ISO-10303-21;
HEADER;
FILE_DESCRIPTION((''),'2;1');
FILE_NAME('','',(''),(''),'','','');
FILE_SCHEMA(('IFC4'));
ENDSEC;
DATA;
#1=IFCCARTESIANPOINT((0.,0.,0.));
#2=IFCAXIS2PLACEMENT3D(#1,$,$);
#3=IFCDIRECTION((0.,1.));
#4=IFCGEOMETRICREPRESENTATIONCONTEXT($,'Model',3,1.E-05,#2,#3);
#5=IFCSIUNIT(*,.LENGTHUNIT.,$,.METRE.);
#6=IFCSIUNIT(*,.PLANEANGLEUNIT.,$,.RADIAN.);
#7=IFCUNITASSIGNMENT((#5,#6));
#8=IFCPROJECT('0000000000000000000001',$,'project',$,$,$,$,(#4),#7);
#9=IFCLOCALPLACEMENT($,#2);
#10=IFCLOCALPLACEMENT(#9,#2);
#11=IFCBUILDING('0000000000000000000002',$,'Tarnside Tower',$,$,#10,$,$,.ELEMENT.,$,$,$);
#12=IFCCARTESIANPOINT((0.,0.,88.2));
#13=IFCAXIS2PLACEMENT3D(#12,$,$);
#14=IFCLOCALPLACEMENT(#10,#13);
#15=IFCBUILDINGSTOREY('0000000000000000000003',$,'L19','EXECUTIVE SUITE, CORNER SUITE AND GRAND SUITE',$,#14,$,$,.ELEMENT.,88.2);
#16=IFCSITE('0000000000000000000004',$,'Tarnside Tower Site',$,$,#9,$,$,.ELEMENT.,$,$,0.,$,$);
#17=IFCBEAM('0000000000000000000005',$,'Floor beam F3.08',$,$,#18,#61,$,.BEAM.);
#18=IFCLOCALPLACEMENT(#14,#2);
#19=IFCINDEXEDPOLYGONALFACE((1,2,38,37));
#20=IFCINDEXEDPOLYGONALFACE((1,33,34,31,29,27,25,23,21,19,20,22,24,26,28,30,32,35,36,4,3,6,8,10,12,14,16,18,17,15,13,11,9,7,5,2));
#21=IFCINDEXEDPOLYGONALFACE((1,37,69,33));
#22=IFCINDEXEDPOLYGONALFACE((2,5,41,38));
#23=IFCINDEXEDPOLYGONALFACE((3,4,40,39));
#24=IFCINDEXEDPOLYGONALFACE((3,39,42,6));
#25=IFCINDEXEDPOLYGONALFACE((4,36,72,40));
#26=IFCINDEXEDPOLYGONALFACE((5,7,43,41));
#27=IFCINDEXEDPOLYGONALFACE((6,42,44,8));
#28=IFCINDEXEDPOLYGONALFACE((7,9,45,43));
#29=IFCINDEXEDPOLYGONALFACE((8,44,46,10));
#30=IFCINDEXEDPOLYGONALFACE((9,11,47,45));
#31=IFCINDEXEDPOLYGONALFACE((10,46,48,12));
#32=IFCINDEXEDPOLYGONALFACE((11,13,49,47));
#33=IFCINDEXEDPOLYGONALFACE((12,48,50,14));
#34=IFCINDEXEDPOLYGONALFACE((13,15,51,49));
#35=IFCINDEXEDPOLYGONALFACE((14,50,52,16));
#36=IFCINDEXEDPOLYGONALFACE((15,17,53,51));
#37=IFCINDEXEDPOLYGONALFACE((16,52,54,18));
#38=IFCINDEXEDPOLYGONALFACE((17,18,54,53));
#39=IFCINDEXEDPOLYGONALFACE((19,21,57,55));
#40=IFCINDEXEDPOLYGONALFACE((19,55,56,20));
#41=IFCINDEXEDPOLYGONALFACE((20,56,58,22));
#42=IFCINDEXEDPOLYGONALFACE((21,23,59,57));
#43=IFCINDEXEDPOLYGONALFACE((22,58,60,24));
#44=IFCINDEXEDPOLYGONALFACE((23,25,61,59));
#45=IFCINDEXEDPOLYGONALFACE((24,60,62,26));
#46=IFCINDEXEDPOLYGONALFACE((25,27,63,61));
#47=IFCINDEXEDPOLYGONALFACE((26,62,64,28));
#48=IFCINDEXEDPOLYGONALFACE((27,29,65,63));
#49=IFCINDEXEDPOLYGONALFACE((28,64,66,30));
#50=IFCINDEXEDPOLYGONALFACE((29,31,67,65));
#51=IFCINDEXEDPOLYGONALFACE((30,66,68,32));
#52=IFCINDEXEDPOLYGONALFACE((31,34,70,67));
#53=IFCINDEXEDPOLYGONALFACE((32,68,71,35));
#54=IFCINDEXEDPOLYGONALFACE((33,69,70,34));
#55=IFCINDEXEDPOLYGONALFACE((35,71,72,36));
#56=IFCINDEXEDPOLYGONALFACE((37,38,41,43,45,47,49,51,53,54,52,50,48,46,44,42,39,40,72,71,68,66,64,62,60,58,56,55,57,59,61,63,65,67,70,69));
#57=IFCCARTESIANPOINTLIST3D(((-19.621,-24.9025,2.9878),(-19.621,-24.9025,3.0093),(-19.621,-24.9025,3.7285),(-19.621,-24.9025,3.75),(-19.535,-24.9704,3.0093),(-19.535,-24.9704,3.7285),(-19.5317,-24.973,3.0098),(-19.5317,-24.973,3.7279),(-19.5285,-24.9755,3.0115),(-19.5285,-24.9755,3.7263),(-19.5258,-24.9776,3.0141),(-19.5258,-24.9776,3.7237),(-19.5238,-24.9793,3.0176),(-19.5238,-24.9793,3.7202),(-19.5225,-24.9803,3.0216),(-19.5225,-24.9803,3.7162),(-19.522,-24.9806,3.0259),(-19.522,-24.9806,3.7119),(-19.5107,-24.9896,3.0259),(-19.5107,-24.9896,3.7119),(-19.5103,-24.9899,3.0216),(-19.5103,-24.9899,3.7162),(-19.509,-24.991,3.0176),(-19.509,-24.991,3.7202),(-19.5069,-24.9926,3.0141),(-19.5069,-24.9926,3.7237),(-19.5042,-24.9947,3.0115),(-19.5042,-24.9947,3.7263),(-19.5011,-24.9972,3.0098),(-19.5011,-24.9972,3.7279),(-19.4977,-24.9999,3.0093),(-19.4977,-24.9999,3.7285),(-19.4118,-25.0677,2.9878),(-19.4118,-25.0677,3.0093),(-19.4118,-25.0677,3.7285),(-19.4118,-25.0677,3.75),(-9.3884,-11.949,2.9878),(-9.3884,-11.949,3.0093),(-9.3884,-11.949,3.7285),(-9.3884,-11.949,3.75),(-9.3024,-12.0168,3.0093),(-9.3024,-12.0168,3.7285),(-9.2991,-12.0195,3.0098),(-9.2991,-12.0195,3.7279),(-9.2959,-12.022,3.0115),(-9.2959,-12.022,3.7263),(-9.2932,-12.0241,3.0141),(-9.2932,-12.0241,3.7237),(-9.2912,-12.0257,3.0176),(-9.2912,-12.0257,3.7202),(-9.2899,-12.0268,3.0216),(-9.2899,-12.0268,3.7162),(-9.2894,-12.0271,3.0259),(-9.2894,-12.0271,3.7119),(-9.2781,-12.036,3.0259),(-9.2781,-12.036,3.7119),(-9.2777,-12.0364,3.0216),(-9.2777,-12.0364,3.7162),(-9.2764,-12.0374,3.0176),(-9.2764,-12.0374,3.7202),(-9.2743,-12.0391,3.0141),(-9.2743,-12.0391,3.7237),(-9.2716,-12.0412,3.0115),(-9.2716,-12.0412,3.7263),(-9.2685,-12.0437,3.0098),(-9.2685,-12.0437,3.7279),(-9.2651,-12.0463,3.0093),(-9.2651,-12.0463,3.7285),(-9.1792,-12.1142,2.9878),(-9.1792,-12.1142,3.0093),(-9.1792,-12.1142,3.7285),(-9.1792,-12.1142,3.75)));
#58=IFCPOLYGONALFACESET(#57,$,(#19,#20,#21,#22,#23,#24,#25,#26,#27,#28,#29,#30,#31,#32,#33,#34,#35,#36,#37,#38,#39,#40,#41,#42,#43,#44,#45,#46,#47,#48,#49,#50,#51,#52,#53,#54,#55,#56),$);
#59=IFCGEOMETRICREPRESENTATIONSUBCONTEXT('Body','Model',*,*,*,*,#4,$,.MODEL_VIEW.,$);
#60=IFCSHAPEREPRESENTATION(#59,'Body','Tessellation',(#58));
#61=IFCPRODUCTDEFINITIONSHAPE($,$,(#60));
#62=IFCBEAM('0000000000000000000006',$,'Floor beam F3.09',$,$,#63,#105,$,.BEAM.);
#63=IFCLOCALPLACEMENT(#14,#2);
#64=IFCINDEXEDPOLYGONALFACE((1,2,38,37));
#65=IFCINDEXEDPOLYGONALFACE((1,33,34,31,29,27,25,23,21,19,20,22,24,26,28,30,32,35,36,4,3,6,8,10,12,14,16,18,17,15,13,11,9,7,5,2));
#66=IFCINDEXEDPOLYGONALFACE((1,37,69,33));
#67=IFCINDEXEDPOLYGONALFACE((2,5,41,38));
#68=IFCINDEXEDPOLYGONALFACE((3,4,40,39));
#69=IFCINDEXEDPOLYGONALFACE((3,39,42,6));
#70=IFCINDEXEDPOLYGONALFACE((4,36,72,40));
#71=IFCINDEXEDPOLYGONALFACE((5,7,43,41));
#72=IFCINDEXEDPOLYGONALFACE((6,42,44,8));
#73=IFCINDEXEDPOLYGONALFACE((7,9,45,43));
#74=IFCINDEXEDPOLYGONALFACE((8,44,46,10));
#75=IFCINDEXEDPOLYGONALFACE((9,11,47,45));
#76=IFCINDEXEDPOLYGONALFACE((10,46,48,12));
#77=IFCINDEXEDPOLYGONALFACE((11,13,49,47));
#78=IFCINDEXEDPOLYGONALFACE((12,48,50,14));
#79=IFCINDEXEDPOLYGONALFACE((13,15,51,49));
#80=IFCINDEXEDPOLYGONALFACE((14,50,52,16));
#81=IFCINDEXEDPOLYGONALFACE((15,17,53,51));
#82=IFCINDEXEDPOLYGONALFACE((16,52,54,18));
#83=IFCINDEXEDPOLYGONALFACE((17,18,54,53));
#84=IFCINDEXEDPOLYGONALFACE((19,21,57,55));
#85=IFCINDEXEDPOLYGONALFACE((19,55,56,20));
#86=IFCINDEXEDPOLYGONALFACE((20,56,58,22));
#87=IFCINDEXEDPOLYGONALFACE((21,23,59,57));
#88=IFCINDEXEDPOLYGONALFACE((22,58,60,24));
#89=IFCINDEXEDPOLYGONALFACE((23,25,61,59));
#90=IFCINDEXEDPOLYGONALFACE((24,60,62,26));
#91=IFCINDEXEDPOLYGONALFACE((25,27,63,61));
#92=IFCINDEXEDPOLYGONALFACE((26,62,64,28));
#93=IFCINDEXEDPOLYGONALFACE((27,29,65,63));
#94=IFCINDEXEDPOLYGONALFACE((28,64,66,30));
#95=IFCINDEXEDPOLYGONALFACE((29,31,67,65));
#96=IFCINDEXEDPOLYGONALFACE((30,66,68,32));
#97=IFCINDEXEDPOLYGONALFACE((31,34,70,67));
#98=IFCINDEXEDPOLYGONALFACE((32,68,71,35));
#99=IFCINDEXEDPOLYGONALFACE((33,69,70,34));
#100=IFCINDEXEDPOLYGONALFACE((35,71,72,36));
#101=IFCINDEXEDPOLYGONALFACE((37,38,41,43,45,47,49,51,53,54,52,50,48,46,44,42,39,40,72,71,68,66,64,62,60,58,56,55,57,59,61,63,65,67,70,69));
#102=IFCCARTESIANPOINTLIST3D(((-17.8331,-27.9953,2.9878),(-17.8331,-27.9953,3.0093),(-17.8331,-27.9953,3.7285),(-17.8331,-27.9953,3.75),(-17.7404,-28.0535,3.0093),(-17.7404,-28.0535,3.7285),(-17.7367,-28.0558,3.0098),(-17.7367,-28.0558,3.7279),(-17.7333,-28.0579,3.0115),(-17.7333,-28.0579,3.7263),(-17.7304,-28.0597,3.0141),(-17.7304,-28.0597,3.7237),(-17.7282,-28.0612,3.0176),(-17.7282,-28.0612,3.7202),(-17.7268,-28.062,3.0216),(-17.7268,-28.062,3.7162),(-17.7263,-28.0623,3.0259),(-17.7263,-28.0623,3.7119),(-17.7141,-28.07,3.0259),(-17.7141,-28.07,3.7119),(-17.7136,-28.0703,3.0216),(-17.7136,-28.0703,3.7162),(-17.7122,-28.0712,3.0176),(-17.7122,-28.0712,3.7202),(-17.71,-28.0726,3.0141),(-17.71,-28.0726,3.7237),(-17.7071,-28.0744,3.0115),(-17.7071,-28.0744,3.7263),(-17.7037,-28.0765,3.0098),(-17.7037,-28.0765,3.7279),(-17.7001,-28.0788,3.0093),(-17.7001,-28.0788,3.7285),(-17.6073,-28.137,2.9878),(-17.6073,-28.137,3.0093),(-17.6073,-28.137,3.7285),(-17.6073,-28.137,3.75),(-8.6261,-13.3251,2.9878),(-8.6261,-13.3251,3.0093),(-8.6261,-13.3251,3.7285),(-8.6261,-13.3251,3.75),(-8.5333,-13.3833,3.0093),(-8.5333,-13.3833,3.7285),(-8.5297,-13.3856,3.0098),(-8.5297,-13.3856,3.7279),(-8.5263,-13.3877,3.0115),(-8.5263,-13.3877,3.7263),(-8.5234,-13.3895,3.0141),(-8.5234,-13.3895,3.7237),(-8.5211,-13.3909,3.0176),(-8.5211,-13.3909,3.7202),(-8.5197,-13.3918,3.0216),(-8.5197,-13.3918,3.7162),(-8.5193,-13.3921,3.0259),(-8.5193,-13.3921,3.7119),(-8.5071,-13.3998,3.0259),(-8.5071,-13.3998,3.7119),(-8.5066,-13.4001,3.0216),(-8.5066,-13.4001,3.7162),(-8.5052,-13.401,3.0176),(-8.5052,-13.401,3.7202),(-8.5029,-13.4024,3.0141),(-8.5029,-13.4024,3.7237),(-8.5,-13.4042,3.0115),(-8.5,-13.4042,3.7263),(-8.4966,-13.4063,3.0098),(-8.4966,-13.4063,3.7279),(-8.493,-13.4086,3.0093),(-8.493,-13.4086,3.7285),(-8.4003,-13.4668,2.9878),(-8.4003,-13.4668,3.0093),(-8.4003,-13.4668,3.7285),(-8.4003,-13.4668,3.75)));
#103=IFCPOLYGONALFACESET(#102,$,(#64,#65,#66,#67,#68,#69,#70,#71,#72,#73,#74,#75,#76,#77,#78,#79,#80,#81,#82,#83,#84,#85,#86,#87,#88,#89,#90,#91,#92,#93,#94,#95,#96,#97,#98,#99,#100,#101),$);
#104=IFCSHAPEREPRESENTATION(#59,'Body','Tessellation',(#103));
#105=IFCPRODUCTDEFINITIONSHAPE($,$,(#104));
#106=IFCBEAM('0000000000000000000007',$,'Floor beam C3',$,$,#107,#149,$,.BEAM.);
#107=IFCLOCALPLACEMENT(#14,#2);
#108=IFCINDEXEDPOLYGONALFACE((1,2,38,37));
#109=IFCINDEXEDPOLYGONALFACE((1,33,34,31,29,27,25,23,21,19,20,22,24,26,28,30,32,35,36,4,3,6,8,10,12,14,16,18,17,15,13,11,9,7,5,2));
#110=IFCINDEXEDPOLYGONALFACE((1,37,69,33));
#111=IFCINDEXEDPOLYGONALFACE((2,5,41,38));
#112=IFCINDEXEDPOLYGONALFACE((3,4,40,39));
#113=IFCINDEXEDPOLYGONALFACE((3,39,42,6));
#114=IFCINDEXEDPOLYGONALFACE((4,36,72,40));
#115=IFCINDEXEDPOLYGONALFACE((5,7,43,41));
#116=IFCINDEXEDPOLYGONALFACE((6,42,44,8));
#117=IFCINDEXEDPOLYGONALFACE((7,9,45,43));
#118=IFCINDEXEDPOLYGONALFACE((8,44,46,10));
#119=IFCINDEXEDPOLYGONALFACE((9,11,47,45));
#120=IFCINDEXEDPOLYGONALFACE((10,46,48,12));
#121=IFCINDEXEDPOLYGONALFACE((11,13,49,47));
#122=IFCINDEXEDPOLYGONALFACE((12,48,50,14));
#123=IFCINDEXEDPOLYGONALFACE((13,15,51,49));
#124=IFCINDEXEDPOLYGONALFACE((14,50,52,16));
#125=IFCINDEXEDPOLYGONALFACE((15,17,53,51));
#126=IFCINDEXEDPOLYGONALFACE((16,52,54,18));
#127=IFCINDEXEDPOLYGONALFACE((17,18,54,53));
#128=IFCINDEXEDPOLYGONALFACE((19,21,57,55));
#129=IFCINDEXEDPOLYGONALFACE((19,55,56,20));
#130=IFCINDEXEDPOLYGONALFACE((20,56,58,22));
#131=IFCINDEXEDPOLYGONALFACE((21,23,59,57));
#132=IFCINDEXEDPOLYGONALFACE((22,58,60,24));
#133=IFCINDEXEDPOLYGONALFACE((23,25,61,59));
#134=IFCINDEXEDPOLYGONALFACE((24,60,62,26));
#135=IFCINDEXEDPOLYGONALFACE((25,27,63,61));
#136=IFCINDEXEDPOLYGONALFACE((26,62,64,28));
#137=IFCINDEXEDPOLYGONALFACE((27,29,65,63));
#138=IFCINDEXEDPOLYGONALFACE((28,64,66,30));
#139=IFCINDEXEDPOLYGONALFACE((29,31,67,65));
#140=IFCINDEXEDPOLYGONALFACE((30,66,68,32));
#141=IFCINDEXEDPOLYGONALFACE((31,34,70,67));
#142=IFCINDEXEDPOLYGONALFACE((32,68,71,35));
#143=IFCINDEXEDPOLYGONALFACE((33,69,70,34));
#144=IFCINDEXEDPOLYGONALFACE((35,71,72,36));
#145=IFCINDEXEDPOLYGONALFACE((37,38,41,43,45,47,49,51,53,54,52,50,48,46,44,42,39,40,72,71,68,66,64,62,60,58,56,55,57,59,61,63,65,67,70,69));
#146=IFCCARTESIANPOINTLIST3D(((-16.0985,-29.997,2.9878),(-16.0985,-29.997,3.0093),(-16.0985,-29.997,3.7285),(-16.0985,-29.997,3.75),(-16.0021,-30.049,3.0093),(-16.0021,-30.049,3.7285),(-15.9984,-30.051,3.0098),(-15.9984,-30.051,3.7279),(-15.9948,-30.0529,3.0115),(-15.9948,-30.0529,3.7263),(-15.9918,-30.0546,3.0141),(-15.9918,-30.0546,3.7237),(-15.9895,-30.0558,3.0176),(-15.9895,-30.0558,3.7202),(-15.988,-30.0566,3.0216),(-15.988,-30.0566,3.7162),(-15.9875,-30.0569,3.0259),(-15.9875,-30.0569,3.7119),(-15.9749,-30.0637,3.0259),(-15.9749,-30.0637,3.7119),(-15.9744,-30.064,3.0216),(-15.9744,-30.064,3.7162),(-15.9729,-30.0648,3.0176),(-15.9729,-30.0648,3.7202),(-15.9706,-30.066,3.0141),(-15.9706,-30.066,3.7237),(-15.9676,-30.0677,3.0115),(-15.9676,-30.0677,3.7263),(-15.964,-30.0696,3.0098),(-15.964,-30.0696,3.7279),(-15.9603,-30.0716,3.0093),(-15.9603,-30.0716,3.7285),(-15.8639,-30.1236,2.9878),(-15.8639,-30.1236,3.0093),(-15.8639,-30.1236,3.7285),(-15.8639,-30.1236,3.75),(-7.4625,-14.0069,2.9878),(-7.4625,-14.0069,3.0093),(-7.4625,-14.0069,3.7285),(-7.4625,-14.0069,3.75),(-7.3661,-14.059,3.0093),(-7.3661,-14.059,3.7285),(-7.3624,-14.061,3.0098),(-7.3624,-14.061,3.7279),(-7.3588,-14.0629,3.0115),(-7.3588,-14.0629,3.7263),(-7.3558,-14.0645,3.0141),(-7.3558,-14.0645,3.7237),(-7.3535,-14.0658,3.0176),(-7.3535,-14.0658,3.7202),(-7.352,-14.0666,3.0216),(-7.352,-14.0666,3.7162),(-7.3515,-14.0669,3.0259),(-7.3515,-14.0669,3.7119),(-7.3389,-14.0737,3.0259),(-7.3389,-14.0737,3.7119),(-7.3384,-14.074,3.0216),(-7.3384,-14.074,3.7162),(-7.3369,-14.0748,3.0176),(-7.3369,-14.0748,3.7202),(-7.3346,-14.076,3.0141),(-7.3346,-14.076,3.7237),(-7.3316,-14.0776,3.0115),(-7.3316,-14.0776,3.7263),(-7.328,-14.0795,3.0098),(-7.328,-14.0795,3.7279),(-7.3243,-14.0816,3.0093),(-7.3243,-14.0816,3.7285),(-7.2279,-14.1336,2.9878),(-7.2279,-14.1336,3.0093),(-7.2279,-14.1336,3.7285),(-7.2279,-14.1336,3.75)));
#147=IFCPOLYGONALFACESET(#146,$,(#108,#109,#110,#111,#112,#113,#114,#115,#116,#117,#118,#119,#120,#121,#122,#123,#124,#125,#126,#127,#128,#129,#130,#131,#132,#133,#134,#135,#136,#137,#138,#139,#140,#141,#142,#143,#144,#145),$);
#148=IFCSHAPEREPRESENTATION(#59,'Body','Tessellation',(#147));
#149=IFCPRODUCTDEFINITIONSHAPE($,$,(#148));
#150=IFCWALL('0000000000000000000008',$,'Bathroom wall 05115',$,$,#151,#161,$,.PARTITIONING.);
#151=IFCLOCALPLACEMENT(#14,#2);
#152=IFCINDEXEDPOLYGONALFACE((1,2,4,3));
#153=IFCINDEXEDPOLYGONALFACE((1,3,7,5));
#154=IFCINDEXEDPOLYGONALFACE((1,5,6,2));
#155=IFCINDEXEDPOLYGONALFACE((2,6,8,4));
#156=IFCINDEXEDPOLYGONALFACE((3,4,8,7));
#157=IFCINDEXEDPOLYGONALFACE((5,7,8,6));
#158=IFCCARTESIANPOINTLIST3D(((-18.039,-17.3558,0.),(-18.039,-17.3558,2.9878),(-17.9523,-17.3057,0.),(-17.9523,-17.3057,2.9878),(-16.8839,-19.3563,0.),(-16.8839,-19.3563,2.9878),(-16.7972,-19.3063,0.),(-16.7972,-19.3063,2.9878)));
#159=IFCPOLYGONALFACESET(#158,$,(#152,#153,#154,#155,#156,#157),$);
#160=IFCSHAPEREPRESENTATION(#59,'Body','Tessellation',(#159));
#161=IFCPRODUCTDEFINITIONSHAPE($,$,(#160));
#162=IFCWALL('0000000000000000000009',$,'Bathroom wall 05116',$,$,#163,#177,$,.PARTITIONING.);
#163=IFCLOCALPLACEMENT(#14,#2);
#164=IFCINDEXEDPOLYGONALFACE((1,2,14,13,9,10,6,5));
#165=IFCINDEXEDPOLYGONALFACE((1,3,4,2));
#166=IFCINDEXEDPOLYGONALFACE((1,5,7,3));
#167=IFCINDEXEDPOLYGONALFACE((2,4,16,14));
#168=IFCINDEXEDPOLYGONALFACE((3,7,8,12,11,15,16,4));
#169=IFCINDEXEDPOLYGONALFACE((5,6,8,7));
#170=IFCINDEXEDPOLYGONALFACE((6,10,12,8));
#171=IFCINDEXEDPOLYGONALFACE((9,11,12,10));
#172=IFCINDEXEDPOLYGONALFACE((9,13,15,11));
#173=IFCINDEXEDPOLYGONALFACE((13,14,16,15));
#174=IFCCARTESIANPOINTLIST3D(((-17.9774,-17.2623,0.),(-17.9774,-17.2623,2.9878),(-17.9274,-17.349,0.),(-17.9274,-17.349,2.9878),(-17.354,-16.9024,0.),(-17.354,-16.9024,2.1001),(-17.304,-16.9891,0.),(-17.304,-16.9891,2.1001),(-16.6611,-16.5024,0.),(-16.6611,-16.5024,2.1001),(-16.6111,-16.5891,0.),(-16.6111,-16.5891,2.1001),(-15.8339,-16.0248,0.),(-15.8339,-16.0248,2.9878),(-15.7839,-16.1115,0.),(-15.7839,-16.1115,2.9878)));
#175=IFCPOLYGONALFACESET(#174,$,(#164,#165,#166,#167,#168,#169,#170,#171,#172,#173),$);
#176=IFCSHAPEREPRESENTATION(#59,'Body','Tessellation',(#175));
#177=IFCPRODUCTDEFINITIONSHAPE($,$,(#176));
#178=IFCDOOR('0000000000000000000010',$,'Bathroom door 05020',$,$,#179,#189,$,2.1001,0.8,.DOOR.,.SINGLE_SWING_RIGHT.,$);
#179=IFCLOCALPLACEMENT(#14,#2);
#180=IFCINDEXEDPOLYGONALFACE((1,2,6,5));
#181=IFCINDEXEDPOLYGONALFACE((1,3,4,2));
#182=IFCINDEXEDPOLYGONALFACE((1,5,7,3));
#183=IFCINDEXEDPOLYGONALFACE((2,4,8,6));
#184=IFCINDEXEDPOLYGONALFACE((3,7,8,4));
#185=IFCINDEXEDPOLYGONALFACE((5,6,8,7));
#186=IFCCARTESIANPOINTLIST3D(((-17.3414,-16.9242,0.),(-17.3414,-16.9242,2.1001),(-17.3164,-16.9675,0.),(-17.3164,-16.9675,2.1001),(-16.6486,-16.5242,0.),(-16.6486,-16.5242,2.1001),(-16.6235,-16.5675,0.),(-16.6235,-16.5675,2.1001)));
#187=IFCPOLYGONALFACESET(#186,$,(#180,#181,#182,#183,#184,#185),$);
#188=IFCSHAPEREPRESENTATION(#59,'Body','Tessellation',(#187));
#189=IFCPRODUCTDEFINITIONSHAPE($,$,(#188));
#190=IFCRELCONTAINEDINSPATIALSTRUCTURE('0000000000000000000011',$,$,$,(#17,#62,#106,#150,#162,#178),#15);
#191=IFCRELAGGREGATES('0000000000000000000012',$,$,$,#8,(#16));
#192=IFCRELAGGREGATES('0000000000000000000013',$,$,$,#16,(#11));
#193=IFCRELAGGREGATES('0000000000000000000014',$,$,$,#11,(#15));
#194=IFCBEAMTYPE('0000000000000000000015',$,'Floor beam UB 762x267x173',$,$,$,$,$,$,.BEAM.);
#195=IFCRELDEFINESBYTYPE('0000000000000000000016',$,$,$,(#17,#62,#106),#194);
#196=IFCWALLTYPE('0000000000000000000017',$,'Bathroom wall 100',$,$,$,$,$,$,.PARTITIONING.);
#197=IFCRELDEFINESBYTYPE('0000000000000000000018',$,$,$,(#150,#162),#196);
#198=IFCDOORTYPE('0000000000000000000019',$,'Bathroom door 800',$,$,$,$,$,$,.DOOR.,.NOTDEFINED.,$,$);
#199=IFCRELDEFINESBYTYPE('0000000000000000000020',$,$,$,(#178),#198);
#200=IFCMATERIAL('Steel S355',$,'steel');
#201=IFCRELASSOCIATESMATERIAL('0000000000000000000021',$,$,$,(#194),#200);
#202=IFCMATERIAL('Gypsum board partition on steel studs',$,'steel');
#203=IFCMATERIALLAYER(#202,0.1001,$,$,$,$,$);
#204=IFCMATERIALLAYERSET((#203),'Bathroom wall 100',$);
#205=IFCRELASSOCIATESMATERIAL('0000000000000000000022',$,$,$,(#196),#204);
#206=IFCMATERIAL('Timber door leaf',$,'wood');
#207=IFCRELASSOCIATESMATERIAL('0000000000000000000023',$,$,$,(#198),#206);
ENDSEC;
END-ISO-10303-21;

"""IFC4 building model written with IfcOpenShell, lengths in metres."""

from ifc_helpers import new_model, si_unit, direction, frame, frame_2d, origin, origin_2d, place, context, subcontext, project, spatial, rectangle, i_section, extrude, material, layer, layer_set, material_profile, profile_set, type_object, element, fill, save


model = new_model("IFC4")

# Units and contexts
model_context = context("Model", 3, precision=1e-05, world=origin(), true_north=direction((0.0, 1.0)))
body_context = subcontext(model_context, "Body", "Model", "MODEL_VIEW")
ifc_project = project(units=[si_unit("LENGTHUNIT", "METRE"), si_unit("PLANEANGLEUNIT", "RADIAN")], contexts=[model_context])

# Site, building, storey
site_placement = place(None, origin())
site = spatial("IfcSite", under=ifc_project, at=site_placement, Name="Tarnside Tower Site", CompositionType="ELEMENT", RefElevation=0.0)
building_placement = place(site_placement, origin())
building = spatial("IfcBuilding", under=site, at=building_placement, Name="Tarnside Tower", CompositionType="ELEMENT")
storey_placement = place(building_placement, frame((0.0, 0.0, 88.2)))
storey = spatial("IfcBuildingStorey", under=building, at=storey_placement, Name="L19", Description="EXECUTIVE SUITE, CORNER SUITE AND GRAND SUITE", CompositionType="ELEMENT", Elevation=88.2)

# Beams
ifc_material_1 = material(Name="Steel S355", Category="steel")
ifc_material_profile_1 = material_profile(ifc_material_1, i_section(OverallWidth=0.2666, OverallDepth=0.7622, WebThickness=0.0144, FlangeThickness=0.0215, FilletRadius=0.0166, at=origin_2d()), Name="UB 762x267x173")
ifc_profile_set_1 = profile_set([ifc_material_profile_1], Name="Steel S355")
beam_type_1 = type_object("IfcBeamType", Name="Floor beam UB 762x267x173", PredefinedType="BEAM", material=ifc_profile_set_1)
beam_1_placement = place(storey_placement, frame((-19.5164, -24.9851, 3.3689), z_axis=(0.619873, 0.784702, 0.0), x_axis=(-0.784702, 0.619873, 0.0)))
element("IfcBeam", 1, at=beam_1_placement, inside=storey, type_object=beam_type_1, Name="Floor beam F3.08", PredefinedType="BEAM", context=body_context, shape_type="SweptSolid", body=[
    extrude(i_section(OverallWidth=0.2666, OverallDepth=0.7622, WebThickness=0.0144, FlangeThickness=0.0215, FilletRadius=0.0166, at=origin_2d()), origin(), (0.0, 0.0, 1.0), 16.5076),
])
beam_2_placement = place(storey_placement, frame((-17.7202, -28.0662, 3.3689), z_axis=(0.531583, 0.847006, 0.0), x_axis=(-0.847006, 0.531583, 0.0)))
element("IfcBeam", 2, at=beam_2_placement, inside=storey, type_object=beam_type_1, Name="Floor beam F3.09", PredefinedType="BEAM", context=body_context, shape_type="SweptSolid", body=[
    extrude(i_section(OverallWidth=0.2666, OverallDepth=0.7622, WebThickness=0.0144, FlangeThickness=0.0215, FilletRadius=0.0166, at=origin_2d()), origin(), (0.0, 0.0, 1.0), 17.3201),
])
beam_3_placement = place(storey_placement, frame((-15.9812, -30.0603, 3.3689), z_axis=(0.475208, 0.879873, 0.0), x_axis=(-0.879873, 0.475208, 0.0)))
element("IfcBeam", 3, at=beam_3_placement, inside=storey, type_object=beam_type_1, Name="Floor beam C3", PredefinedType="BEAM", context=body_context, shape_type="SweptSolid", body=[
    extrude(i_section(OverallWidth=0.2666, OverallDepth=0.7622, WebThickness=0.0144, FlangeThickness=0.0215, FilletRadius=0.0166, at=origin_2d()), origin(), (0.0, 0.0, 1.0), 18.1731),
])

# Wall
ifc_material_2 = material(Name="Gypsum board partition on steel studs", Category="steel")
ifc_layer_1 = layer(ifc_material_2, 0.1001)
ifc_layer_set_1 = layer_set([ifc_layer_1], Name="Bathroom wall 100")
wall_type_1 = type_object("IfcWallType", Name="Bathroom wall 100", PredefinedType="PARTITIONING", material=ifc_layer_set_1)
wall_1_placement = place(storey_placement, frame((-16.8406, -19.3313, 0.0), z_axis=(0.0, 0.0, 1.0), x_axis=(-0.500015, 0.866017, 0.0)))
element("IfcWall", 4, at=wall_1_placement, inside=storey, type_object=wall_type_1, Name="Bathroom wall 05115", PredefinedType="PARTITIONING", context=body_context, shape_type="SweptSolid", body=[
    extrude(rectangle(XDim=2.3101, YDim=0.1001, at=frame_2d((1.155, 0.0))), origin(), (0.0, 0.0, 1.0), 2.9878),
])

# Wall, opening, door
wall_2_placement = place(storey_placement, frame((-17.9524, -17.3057, 0.0), z_axis=(0.0, 0.0, 1.0), x_axis=(0.866031, 0.49999, 0.0)))
wall_2 = element("IfcWall", 5, at=wall_2_placement, inside=storey, type_object=wall_type_1, Name="Bathroom wall 05116", PredefinedType="PARTITIONING", context=body_context, shape_type="SweptSolid", body=[
    extrude(rectangle(XDim=2.4751, YDim=0.1001, at=frame_2d((1.2375, 0.0))), origin(), (0.0, 0.0, 1.0), 2.9878),
])
opening_1_placement = place(wall_2_placement, frame((0.72, 0.0, 0.0)))
opening_1 = element("IfcOpeningElement", 6, at=opening_1_placement, cuts=wall_2, PredefinedType="OPENING", context=body_context, shape_type="SweptSolid", body=[
    extrude(rectangle(XDim=0.8, YDim=2.1001, at=frame_2d((0.3999, 1.05))), frame((0.0, 0.0601, 0.0), z_axis=(0.0, -1.0, 0.0), x_axis=(1.0, 0.0, 0.0)), (0.0, 0.0, 1.0), 0.1201),
])
ifc_material_3 = material(Name="Timber door leaf", Category="wood")
door_type = type_object("IfcDoorType", Name="Bathroom door 800", OperationType="NOTDEFINED", PredefinedType="DOOR", material=ifc_material_3)
door_1_placement = place(opening_1_placement, origin())
door_1 = element("IfcDoor", 7, at=door_1_placement, inside=storey, type_object=door_type, Name="Bathroom door 05020", OperationType="SINGLE_SWING_RIGHT", OverallHeight=2.1001, OverallWidth=0.8, PredefinedType="DOOR", context=body_context, shape_type="SweptSolid", body=[
    extrude(rectangle(XDim=0.8, YDim=2.1001, at=frame_2d((0.3999, 1.05))), frame((0.0, 0.0249, 0.0), z_axis=(0.0, -1.0, 0.0), x_axis=(1.0, 0.0, 0.0)), (0.0, 0.0, 1.0), 0.05),
])
fill(opening_1, door_1)

save(model, "model.ifc")
